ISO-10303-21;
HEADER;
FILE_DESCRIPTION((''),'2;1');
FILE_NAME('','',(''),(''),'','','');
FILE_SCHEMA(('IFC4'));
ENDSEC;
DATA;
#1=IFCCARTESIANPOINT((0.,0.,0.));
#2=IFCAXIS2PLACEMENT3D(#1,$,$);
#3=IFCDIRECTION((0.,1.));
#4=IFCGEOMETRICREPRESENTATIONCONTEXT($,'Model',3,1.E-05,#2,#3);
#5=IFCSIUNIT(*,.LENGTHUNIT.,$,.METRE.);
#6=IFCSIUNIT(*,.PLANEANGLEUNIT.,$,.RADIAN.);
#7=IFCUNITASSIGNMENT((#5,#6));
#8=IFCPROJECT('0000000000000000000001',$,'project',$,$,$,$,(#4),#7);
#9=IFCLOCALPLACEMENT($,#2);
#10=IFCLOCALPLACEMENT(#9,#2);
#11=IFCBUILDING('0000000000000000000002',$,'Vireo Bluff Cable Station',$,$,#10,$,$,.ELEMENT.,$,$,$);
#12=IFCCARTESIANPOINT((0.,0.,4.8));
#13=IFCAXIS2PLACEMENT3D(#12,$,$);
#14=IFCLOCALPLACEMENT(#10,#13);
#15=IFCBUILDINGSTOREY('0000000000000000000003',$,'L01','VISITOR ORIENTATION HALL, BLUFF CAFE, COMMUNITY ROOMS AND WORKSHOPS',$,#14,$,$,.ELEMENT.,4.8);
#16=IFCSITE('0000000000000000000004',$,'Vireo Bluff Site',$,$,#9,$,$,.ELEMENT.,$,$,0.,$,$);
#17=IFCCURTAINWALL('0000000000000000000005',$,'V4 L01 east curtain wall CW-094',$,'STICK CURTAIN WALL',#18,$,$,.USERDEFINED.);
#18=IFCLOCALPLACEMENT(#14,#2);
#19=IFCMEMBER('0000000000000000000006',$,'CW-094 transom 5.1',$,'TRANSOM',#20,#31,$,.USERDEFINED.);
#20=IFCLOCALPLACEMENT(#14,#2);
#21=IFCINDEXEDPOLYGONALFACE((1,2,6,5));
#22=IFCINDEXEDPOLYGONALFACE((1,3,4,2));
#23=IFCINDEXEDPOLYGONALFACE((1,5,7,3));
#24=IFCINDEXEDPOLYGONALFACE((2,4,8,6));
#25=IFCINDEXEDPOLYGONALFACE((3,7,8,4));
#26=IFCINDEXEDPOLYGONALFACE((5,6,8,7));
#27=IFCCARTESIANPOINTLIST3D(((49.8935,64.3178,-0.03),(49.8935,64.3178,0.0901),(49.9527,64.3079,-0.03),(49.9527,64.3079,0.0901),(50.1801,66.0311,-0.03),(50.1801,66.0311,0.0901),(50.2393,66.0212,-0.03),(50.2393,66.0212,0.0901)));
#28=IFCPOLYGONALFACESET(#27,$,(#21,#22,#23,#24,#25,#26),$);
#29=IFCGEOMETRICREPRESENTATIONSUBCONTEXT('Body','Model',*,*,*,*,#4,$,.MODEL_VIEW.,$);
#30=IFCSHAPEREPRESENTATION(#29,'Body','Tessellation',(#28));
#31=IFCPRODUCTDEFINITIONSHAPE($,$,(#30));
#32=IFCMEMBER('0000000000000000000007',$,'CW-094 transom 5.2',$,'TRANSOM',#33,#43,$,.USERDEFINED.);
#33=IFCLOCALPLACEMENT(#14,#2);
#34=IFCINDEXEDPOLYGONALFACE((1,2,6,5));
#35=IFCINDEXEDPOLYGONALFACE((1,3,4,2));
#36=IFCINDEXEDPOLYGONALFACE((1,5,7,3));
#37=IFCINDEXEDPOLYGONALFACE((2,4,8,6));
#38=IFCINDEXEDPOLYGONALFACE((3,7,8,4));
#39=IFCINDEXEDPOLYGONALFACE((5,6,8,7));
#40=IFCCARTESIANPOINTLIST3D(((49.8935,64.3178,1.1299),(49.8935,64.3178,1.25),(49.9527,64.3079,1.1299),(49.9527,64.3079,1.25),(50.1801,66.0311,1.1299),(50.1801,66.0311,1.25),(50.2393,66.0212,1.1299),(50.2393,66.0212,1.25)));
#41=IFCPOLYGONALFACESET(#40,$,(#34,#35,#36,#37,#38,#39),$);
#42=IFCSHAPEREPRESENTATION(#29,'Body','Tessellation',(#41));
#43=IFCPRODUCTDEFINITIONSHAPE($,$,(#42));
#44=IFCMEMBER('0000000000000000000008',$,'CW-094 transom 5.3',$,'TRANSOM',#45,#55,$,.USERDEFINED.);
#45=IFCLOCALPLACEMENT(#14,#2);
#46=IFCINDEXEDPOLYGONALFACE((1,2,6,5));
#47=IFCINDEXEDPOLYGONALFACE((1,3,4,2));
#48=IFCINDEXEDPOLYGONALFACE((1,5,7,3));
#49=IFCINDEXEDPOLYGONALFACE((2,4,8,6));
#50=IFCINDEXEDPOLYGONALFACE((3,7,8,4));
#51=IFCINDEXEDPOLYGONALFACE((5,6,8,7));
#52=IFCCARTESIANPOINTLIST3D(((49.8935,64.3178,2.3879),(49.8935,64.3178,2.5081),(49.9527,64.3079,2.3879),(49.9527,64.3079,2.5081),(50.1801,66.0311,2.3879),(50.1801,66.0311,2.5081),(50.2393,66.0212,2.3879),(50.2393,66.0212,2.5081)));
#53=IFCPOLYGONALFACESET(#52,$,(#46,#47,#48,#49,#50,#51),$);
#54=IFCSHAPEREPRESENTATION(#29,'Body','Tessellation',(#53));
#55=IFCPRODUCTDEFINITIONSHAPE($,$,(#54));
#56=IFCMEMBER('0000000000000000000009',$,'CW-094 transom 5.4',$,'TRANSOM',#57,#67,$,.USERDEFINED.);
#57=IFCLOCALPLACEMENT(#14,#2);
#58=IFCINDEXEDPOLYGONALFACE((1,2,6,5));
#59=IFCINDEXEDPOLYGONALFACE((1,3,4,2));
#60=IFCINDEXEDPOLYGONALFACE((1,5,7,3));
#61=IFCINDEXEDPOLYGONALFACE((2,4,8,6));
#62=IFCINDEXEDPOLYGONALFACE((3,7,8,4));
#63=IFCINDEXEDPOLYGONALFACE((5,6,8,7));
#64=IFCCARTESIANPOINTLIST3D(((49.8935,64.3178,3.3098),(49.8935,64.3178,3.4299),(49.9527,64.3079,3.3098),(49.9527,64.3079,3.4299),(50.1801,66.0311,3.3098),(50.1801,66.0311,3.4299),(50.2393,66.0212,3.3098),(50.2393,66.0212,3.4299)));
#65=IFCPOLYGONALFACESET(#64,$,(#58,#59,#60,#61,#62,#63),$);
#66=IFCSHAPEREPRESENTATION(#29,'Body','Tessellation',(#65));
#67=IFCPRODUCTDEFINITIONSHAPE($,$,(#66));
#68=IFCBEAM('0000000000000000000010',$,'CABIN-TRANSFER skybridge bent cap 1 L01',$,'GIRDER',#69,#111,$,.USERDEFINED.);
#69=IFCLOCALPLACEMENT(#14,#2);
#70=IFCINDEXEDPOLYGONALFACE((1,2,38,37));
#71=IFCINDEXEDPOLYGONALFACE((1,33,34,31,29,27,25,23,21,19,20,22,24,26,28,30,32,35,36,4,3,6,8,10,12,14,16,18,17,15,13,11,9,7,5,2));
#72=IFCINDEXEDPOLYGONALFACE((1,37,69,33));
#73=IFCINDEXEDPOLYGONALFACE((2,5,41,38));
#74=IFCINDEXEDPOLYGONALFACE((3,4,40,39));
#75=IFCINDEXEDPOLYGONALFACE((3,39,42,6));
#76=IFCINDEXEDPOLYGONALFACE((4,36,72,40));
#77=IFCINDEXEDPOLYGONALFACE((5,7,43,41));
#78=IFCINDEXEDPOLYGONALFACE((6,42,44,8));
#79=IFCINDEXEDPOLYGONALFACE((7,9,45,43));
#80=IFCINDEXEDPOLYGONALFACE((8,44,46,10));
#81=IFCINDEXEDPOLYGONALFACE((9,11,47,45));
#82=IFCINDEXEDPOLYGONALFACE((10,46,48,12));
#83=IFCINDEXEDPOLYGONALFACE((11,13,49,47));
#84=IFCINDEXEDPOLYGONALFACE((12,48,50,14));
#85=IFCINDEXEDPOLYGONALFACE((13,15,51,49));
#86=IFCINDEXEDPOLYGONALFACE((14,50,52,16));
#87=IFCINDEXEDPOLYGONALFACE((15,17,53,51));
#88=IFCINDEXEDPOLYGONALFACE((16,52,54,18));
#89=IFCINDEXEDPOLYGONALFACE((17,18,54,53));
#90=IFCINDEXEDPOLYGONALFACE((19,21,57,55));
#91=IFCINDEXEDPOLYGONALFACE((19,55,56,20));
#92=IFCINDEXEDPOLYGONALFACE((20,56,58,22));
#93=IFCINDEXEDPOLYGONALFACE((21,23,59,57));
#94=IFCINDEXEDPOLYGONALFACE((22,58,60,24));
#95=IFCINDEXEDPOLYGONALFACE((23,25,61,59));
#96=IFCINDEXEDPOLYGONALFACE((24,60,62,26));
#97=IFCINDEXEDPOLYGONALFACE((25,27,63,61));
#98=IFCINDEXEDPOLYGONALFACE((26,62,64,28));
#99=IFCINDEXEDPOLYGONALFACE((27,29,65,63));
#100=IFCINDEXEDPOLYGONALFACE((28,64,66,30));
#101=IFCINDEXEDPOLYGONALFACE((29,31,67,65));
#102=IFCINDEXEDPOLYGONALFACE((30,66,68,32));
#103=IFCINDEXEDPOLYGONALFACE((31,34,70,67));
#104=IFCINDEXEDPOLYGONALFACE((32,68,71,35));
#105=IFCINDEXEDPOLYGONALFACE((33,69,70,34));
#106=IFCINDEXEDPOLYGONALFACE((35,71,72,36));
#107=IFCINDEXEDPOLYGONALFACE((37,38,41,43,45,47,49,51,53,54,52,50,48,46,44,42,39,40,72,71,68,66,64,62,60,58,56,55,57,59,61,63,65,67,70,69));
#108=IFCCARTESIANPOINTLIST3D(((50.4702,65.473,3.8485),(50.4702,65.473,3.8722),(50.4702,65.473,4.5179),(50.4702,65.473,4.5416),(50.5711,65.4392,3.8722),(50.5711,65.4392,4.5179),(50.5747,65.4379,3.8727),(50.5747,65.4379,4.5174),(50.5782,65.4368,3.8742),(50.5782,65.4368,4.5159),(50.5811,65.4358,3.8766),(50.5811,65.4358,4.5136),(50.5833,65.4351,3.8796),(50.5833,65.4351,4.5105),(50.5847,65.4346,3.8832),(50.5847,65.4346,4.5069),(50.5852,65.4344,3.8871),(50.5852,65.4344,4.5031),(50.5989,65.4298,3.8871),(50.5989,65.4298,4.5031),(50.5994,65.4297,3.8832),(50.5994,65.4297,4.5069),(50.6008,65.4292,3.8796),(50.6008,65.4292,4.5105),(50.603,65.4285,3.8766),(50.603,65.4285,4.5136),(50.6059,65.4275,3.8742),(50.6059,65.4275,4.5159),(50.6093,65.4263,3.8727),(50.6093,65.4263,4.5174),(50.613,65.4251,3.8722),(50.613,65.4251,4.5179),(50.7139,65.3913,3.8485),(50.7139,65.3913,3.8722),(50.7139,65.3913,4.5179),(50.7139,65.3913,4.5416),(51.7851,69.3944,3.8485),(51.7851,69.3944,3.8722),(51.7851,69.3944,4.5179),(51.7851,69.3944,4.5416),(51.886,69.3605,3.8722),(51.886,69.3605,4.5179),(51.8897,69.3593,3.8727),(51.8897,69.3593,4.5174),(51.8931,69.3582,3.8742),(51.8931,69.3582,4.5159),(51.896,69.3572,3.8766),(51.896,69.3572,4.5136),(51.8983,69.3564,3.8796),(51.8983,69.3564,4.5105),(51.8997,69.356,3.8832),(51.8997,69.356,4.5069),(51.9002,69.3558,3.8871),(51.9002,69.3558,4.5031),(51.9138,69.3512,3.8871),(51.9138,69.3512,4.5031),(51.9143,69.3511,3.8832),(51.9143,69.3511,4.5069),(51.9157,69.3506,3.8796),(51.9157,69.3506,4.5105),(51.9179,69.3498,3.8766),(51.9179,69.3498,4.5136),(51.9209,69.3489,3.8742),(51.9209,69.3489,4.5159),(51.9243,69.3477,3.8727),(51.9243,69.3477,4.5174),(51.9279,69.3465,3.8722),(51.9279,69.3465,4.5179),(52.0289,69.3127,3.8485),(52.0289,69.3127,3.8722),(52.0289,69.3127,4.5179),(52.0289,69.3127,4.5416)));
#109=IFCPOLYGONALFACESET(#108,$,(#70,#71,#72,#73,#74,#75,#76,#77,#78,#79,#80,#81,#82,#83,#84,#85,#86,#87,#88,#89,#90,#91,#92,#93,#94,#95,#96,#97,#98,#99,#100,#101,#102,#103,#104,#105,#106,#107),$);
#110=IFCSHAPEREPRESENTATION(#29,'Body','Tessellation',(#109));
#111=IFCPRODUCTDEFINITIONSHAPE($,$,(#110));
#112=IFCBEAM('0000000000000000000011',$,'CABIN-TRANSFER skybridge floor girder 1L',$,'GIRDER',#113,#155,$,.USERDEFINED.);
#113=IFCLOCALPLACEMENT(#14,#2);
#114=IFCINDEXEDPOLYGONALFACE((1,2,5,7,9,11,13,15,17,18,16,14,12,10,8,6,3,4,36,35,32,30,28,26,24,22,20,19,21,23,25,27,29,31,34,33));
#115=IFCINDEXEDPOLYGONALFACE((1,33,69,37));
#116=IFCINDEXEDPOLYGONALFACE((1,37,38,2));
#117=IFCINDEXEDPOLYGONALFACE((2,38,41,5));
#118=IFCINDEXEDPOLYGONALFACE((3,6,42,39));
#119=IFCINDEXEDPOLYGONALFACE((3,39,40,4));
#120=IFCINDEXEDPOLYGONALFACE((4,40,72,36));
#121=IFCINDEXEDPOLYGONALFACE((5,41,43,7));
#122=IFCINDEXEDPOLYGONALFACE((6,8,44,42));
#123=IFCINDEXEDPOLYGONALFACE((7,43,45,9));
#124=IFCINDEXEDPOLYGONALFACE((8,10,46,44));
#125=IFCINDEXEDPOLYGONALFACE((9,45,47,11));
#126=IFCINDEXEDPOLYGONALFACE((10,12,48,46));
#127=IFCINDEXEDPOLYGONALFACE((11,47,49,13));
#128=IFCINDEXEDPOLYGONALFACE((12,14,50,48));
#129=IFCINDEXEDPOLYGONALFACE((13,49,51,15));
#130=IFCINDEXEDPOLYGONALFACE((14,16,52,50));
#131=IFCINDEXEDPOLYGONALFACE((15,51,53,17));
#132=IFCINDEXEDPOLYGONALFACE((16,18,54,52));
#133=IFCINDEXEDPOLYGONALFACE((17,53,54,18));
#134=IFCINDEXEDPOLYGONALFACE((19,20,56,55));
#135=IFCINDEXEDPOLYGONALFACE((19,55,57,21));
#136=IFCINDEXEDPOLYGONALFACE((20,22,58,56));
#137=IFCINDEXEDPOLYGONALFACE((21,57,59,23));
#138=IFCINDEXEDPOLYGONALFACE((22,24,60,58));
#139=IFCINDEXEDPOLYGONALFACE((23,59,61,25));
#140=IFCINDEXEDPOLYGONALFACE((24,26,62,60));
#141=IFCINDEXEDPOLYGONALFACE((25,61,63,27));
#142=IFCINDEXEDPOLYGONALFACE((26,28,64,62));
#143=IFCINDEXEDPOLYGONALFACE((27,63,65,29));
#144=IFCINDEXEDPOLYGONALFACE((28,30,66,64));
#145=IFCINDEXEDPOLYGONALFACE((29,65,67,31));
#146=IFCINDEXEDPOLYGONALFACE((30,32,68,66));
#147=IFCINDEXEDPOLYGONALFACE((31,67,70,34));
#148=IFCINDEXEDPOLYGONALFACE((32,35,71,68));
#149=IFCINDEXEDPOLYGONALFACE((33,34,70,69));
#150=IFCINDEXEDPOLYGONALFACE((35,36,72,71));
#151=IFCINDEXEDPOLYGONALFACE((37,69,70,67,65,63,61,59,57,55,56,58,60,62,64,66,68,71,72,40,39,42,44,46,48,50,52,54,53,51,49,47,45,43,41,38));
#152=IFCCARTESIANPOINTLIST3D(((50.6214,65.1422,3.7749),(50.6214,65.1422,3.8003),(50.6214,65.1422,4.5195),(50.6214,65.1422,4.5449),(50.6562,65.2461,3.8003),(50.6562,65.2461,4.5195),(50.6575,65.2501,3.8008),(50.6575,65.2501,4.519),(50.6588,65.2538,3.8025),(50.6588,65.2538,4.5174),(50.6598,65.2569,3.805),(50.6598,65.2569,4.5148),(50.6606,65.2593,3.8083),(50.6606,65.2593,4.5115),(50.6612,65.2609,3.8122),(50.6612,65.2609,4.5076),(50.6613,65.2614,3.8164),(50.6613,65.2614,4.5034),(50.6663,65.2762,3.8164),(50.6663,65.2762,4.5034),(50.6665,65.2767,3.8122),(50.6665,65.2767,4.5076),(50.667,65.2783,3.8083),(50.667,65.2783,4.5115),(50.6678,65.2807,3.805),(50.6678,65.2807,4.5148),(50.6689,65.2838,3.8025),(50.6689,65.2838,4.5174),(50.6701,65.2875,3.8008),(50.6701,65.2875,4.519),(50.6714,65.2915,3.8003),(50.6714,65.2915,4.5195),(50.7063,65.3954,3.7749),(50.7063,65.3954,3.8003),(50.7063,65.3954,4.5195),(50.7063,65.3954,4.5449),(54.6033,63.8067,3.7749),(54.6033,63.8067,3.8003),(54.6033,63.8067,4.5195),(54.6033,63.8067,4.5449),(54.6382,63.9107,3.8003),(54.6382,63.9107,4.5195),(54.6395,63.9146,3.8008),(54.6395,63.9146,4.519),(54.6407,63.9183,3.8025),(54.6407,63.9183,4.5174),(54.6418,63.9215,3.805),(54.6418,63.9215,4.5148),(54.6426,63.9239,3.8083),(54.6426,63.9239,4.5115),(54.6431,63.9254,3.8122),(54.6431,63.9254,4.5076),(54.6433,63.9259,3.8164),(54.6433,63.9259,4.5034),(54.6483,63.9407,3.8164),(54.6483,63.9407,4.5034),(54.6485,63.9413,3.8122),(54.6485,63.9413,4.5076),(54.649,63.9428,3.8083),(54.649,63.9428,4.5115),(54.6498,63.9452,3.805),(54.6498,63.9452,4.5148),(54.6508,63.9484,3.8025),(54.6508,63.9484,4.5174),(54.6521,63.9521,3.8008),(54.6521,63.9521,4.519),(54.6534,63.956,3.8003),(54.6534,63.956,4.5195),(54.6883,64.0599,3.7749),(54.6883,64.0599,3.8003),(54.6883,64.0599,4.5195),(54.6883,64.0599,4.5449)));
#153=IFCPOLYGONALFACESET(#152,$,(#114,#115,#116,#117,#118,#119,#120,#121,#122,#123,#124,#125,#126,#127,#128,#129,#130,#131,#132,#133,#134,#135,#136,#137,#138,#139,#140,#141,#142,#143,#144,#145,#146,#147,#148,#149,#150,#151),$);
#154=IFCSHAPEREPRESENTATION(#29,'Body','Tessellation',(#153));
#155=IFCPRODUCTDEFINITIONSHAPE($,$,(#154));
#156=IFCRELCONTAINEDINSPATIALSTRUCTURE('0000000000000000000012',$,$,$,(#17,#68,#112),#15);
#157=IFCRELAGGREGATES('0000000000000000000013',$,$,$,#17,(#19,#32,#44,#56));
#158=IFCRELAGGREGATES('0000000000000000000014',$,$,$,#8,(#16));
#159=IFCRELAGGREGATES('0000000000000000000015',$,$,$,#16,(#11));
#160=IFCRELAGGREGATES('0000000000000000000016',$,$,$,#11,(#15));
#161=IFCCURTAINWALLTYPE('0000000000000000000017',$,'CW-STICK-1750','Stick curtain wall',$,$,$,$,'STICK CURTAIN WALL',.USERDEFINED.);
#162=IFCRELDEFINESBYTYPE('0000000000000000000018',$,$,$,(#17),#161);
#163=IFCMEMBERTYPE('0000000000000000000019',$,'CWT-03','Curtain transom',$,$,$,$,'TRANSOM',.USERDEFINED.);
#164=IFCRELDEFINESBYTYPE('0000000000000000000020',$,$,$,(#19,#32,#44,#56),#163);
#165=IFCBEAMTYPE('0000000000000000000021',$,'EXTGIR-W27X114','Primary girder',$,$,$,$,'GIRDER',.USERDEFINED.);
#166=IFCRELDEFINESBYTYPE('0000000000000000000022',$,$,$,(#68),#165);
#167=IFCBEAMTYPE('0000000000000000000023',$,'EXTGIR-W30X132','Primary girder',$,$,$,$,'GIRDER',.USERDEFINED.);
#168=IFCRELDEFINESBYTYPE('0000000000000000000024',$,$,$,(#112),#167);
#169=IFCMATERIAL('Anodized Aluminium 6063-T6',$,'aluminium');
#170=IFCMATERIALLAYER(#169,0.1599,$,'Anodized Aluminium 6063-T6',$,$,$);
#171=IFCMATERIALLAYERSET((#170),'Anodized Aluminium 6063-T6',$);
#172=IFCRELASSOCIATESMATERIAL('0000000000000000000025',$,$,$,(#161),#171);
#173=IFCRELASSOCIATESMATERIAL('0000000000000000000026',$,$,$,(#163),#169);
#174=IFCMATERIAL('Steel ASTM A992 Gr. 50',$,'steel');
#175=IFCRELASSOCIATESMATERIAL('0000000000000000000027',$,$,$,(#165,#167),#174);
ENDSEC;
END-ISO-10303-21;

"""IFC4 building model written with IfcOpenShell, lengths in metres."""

from ifc_helpers import new_model, si_unit, direction, frame, origin, origin_2d, place, context, subcontext, project, spatial, rectangle, i_section, extrude, material, layer, layer_set, material_profile, profile_set, type_object, element, aggregate, save


model = new_model("IFC4")

# Units and contexts
model_context = context("Model", 3, precision=1e-05, world=origin(), true_north=direction((0.0, 1.0)))
body_context = subcontext(model_context, "Body", "Model", "MODEL_VIEW")
ifc_project = project(units=[si_unit("LENGTHUNIT", "METRE"), si_unit("PLANEANGLEUNIT", "RADIAN")], contexts=[model_context])

# Site, building, storey
site_placement = place(None, origin())
site = spatial("IfcSite", under=ifc_project, at=site_placement, Name="Vireo Bluff Site", CompositionType="ELEMENT", RefElevation=0.0)
building_placement = place(site_placement, origin())
building = spatial("IfcBuilding", under=site, at=building_placement, Name="Vireo Bluff Cable Station", CompositionType="ELEMENT")
storey_placement = place(building_placement, frame((0.0, 0.0, 4.8)))
storey = spatial("IfcBuildingStorey", under=building, at=storey_placement, Name="L01", Description="VISITOR ORIENTATION HALL, BLUFF CAFE, COMMUNITY ROOMS AND WORKSHOPS", CompositionType="ELEMENT", Elevation=4.8)

# Shared definitions
ifc_material_1 = material(Name="Steel ASTM A992 Gr. 50", Category="steel")

# Curtain wall, members
ifc_material_2 = material(Name="Anodized Aluminium 6063-T6", Category="aluminium")
ifc_layer_1 = layer(ifc_material_2, 0.1599, Name="Anodized Aluminium 6063-T6")
ifc_layer_set_1 = layer_set([ifc_layer_1], Name="Anodized Aluminium 6063-T6")
curtain_wall_type = type_object("IfcCurtainWallType", Name="CW-STICK-1750", Description="Stick curtain wall", ElementType="STICK CURTAIN WALL", PredefinedType="USERDEFINED", material=ifc_layer_set_1)
curtain_wall_placement = place(storey_placement, origin())
curtain_wall = element("IfcCurtainWall", 1, at=curtain_wall_placement, inside=storey, type_object=curtain_wall_type, Name="V4 L01 east curtain wall CW-094", ObjectType="STICK CURTAIN WALL", PredefinedType="USERDEFINED")
ifc_material_profile_1 = material_profile(ifc_material_2, rectangle(XDim=0.0601, YDim=0.1201, at=origin_2d()), Name="ALU-T-60X120")
ifc_profile_set_1 = profile_set([ifc_material_profile_1], Name="Anodized Aluminium 6063-T6")
member_type_1 = type_object("IfcMemberType", Name="CWT-03", Description="Curtain transom", ElementType="TRANSOM", PredefinedType="USERDEFINED", material=ifc_profile_set_1)
member_1_placement = place(storey_placement, frame((50.2097, 66.0261, 0.03), z_axis=(-0.165014, -0.986291, 0.0), x_axis=(0.986291, -0.165014, 0.0)))
member_1 = element("IfcMember", 2, at=member_1_placement, type_object=member_type_1, Name="CW-094 transom 5.1", ObjectType="TRANSOM", PredefinedType="USERDEFINED", context=body_context, shape_type="SweptSolid", body=[
    extrude(rectangle(XDim=0.0601, YDim=0.1201, at=origin_2d()), origin(), (0.0, 0.0, 1.0), 1.7371),
])
member_2_placement = place(storey_placement, frame((50.2097, 66.0261, 1.1899), z_axis=(-0.165014, -0.986291, 0.0), x_axis=(0.986291, -0.165014, 0.0)))
member_2 = element("IfcMember", 3, at=member_2_placement, type_object=member_type_1, Name="CW-094 transom 5.2", ObjectType="TRANSOM", PredefinedType="USERDEFINED", context=body_context, shape_type="SweptSolid", body=[
    extrude(rectangle(XDim=0.0601, YDim=0.1201, at=origin_2d()), origin(), (0.0, 0.0, 1.0), 1.7371),
])
member_3_placement = place(storey_placement, frame((50.2097, 66.0261, 2.448), z_axis=(-0.165014, -0.986291, 0.0), x_axis=(0.986291, -0.165014, 0.0)))
member_3 = element("IfcMember", 4, at=member_3_placement, type_object=member_type_1, Name="CW-094 transom 5.3", ObjectType="TRANSOM", PredefinedType="USERDEFINED", context=body_context, shape_type="SweptSolid", body=[
    extrude(rectangle(XDim=0.0601, YDim=0.1201, at=origin_2d()), origin(), (0.0, 0.0, 1.0), 1.7371),
])
member_4_placement = place(storey_placement, frame((50.2097, 66.0261, 3.3699), z_axis=(-0.165014, -0.986291, 0.0), x_axis=(0.986291, -0.165014, 0.0)))
member_4 = element("IfcMember", 5, at=member_4_placement, type_object=member_type_1, Name="CW-094 transom 5.4", ObjectType="TRANSOM", PredefinedType="USERDEFINED", context=body_context, shape_type="SweptSolid", body=[
    extrude(rectangle(XDim=0.0601, YDim=0.1201, at=origin_2d()), origin(), (0.0, 0.0, 1.0), 1.7371),
])

# Beams
ifc_material_profile_2 = material_profile(ifc_material_1, i_section(OverallWidth=0.2571, OverallDepth=0.6931, WebThickness=0.0144, FlangeThickness=0.0237, FilletRadius=0.0149, at=origin_2d()), Name="W27X114")
ifc_profile_set_2 = profile_set([ifc_material_profile_2], Name="Steel ASTM A992 Gr. 50")
beam_type_1 = type_object("IfcBeamType", Name="EXTGIR-W27X114", Description="Primary girder", ElementType="GIRDER", PredefinedType="USERDEFINED", material=ifc_profile_set_2)
beam_1_placement = place(storey_placement, frame((50.592, 65.4321, 4.1951), z_axis=(0.317927, 0.948115, 0.0), x_axis=(-0.948115, 0.317927, 0.0)))
element("IfcBeam", 6, at=beam_1_placement, inside=storey, type_object=beam_type_1, Name="CABIN-TRANSFER skybridge bent cap 1 L01", ObjectType="GIRDER", PredefinedType="USERDEFINED", context=body_context, shape_type="SweptSolid", body=[
    extrude(i_section(OverallWidth=0.2571, OverallDepth=0.6931, WebThickness=0.0144, FlangeThickness=0.0237, FilletRadius=0.0149, at=origin_2d()), origin(), (0.0, 0.0, 1.0), 4.136),
])
ifc_material_profile_3 = material_profile(ifc_material_1, i_section(OverallWidth=0.2671, OverallDepth=0.77, WebThickness=0.0156, FlangeThickness=0.0254, FilletRadius=0.0161, at=origin_2d()), Name="W30X132")
ifc_profile_set_3 = profile_set([ifc_material_profile_3], Name="Steel ASTM A992 Gr. 50")
beam_type_2 = type_object("IfcBeamType", Name="EXTGIR-W30X132", Description="Primary girder", ElementType="GIRDER", PredefinedType="USERDEFINED", material=ifc_profile_set_3)
beam_2_placement = place(storey_placement, frame((50.6638, 65.2688, 4.1599), z_axis=(0.9481, -0.317971, 0.0), x_axis=(0.317971, 0.9481, 0.0)))
element("IfcBeam", 7, at=beam_2_placement, inside=storey, type_object=beam_type_2, Name="CABIN-TRANSFER skybridge floor girder 1L", ObjectType="GIRDER", PredefinedType="USERDEFINED", context=body_context, shape_type="SweptSolid", body=[
    extrude(i_section(OverallWidth=0.2671, OverallDepth=0.77, WebThickness=0.0156, FlangeThickness=0.0254, FilletRadius=0.0161, at=origin_2d()), origin(), (0.0, 0.0, 1.0), 4.2),
])

aggregate(curtain_wall, [member_1, member_2, member_3, member_4])

save(model, "model.ifc")
